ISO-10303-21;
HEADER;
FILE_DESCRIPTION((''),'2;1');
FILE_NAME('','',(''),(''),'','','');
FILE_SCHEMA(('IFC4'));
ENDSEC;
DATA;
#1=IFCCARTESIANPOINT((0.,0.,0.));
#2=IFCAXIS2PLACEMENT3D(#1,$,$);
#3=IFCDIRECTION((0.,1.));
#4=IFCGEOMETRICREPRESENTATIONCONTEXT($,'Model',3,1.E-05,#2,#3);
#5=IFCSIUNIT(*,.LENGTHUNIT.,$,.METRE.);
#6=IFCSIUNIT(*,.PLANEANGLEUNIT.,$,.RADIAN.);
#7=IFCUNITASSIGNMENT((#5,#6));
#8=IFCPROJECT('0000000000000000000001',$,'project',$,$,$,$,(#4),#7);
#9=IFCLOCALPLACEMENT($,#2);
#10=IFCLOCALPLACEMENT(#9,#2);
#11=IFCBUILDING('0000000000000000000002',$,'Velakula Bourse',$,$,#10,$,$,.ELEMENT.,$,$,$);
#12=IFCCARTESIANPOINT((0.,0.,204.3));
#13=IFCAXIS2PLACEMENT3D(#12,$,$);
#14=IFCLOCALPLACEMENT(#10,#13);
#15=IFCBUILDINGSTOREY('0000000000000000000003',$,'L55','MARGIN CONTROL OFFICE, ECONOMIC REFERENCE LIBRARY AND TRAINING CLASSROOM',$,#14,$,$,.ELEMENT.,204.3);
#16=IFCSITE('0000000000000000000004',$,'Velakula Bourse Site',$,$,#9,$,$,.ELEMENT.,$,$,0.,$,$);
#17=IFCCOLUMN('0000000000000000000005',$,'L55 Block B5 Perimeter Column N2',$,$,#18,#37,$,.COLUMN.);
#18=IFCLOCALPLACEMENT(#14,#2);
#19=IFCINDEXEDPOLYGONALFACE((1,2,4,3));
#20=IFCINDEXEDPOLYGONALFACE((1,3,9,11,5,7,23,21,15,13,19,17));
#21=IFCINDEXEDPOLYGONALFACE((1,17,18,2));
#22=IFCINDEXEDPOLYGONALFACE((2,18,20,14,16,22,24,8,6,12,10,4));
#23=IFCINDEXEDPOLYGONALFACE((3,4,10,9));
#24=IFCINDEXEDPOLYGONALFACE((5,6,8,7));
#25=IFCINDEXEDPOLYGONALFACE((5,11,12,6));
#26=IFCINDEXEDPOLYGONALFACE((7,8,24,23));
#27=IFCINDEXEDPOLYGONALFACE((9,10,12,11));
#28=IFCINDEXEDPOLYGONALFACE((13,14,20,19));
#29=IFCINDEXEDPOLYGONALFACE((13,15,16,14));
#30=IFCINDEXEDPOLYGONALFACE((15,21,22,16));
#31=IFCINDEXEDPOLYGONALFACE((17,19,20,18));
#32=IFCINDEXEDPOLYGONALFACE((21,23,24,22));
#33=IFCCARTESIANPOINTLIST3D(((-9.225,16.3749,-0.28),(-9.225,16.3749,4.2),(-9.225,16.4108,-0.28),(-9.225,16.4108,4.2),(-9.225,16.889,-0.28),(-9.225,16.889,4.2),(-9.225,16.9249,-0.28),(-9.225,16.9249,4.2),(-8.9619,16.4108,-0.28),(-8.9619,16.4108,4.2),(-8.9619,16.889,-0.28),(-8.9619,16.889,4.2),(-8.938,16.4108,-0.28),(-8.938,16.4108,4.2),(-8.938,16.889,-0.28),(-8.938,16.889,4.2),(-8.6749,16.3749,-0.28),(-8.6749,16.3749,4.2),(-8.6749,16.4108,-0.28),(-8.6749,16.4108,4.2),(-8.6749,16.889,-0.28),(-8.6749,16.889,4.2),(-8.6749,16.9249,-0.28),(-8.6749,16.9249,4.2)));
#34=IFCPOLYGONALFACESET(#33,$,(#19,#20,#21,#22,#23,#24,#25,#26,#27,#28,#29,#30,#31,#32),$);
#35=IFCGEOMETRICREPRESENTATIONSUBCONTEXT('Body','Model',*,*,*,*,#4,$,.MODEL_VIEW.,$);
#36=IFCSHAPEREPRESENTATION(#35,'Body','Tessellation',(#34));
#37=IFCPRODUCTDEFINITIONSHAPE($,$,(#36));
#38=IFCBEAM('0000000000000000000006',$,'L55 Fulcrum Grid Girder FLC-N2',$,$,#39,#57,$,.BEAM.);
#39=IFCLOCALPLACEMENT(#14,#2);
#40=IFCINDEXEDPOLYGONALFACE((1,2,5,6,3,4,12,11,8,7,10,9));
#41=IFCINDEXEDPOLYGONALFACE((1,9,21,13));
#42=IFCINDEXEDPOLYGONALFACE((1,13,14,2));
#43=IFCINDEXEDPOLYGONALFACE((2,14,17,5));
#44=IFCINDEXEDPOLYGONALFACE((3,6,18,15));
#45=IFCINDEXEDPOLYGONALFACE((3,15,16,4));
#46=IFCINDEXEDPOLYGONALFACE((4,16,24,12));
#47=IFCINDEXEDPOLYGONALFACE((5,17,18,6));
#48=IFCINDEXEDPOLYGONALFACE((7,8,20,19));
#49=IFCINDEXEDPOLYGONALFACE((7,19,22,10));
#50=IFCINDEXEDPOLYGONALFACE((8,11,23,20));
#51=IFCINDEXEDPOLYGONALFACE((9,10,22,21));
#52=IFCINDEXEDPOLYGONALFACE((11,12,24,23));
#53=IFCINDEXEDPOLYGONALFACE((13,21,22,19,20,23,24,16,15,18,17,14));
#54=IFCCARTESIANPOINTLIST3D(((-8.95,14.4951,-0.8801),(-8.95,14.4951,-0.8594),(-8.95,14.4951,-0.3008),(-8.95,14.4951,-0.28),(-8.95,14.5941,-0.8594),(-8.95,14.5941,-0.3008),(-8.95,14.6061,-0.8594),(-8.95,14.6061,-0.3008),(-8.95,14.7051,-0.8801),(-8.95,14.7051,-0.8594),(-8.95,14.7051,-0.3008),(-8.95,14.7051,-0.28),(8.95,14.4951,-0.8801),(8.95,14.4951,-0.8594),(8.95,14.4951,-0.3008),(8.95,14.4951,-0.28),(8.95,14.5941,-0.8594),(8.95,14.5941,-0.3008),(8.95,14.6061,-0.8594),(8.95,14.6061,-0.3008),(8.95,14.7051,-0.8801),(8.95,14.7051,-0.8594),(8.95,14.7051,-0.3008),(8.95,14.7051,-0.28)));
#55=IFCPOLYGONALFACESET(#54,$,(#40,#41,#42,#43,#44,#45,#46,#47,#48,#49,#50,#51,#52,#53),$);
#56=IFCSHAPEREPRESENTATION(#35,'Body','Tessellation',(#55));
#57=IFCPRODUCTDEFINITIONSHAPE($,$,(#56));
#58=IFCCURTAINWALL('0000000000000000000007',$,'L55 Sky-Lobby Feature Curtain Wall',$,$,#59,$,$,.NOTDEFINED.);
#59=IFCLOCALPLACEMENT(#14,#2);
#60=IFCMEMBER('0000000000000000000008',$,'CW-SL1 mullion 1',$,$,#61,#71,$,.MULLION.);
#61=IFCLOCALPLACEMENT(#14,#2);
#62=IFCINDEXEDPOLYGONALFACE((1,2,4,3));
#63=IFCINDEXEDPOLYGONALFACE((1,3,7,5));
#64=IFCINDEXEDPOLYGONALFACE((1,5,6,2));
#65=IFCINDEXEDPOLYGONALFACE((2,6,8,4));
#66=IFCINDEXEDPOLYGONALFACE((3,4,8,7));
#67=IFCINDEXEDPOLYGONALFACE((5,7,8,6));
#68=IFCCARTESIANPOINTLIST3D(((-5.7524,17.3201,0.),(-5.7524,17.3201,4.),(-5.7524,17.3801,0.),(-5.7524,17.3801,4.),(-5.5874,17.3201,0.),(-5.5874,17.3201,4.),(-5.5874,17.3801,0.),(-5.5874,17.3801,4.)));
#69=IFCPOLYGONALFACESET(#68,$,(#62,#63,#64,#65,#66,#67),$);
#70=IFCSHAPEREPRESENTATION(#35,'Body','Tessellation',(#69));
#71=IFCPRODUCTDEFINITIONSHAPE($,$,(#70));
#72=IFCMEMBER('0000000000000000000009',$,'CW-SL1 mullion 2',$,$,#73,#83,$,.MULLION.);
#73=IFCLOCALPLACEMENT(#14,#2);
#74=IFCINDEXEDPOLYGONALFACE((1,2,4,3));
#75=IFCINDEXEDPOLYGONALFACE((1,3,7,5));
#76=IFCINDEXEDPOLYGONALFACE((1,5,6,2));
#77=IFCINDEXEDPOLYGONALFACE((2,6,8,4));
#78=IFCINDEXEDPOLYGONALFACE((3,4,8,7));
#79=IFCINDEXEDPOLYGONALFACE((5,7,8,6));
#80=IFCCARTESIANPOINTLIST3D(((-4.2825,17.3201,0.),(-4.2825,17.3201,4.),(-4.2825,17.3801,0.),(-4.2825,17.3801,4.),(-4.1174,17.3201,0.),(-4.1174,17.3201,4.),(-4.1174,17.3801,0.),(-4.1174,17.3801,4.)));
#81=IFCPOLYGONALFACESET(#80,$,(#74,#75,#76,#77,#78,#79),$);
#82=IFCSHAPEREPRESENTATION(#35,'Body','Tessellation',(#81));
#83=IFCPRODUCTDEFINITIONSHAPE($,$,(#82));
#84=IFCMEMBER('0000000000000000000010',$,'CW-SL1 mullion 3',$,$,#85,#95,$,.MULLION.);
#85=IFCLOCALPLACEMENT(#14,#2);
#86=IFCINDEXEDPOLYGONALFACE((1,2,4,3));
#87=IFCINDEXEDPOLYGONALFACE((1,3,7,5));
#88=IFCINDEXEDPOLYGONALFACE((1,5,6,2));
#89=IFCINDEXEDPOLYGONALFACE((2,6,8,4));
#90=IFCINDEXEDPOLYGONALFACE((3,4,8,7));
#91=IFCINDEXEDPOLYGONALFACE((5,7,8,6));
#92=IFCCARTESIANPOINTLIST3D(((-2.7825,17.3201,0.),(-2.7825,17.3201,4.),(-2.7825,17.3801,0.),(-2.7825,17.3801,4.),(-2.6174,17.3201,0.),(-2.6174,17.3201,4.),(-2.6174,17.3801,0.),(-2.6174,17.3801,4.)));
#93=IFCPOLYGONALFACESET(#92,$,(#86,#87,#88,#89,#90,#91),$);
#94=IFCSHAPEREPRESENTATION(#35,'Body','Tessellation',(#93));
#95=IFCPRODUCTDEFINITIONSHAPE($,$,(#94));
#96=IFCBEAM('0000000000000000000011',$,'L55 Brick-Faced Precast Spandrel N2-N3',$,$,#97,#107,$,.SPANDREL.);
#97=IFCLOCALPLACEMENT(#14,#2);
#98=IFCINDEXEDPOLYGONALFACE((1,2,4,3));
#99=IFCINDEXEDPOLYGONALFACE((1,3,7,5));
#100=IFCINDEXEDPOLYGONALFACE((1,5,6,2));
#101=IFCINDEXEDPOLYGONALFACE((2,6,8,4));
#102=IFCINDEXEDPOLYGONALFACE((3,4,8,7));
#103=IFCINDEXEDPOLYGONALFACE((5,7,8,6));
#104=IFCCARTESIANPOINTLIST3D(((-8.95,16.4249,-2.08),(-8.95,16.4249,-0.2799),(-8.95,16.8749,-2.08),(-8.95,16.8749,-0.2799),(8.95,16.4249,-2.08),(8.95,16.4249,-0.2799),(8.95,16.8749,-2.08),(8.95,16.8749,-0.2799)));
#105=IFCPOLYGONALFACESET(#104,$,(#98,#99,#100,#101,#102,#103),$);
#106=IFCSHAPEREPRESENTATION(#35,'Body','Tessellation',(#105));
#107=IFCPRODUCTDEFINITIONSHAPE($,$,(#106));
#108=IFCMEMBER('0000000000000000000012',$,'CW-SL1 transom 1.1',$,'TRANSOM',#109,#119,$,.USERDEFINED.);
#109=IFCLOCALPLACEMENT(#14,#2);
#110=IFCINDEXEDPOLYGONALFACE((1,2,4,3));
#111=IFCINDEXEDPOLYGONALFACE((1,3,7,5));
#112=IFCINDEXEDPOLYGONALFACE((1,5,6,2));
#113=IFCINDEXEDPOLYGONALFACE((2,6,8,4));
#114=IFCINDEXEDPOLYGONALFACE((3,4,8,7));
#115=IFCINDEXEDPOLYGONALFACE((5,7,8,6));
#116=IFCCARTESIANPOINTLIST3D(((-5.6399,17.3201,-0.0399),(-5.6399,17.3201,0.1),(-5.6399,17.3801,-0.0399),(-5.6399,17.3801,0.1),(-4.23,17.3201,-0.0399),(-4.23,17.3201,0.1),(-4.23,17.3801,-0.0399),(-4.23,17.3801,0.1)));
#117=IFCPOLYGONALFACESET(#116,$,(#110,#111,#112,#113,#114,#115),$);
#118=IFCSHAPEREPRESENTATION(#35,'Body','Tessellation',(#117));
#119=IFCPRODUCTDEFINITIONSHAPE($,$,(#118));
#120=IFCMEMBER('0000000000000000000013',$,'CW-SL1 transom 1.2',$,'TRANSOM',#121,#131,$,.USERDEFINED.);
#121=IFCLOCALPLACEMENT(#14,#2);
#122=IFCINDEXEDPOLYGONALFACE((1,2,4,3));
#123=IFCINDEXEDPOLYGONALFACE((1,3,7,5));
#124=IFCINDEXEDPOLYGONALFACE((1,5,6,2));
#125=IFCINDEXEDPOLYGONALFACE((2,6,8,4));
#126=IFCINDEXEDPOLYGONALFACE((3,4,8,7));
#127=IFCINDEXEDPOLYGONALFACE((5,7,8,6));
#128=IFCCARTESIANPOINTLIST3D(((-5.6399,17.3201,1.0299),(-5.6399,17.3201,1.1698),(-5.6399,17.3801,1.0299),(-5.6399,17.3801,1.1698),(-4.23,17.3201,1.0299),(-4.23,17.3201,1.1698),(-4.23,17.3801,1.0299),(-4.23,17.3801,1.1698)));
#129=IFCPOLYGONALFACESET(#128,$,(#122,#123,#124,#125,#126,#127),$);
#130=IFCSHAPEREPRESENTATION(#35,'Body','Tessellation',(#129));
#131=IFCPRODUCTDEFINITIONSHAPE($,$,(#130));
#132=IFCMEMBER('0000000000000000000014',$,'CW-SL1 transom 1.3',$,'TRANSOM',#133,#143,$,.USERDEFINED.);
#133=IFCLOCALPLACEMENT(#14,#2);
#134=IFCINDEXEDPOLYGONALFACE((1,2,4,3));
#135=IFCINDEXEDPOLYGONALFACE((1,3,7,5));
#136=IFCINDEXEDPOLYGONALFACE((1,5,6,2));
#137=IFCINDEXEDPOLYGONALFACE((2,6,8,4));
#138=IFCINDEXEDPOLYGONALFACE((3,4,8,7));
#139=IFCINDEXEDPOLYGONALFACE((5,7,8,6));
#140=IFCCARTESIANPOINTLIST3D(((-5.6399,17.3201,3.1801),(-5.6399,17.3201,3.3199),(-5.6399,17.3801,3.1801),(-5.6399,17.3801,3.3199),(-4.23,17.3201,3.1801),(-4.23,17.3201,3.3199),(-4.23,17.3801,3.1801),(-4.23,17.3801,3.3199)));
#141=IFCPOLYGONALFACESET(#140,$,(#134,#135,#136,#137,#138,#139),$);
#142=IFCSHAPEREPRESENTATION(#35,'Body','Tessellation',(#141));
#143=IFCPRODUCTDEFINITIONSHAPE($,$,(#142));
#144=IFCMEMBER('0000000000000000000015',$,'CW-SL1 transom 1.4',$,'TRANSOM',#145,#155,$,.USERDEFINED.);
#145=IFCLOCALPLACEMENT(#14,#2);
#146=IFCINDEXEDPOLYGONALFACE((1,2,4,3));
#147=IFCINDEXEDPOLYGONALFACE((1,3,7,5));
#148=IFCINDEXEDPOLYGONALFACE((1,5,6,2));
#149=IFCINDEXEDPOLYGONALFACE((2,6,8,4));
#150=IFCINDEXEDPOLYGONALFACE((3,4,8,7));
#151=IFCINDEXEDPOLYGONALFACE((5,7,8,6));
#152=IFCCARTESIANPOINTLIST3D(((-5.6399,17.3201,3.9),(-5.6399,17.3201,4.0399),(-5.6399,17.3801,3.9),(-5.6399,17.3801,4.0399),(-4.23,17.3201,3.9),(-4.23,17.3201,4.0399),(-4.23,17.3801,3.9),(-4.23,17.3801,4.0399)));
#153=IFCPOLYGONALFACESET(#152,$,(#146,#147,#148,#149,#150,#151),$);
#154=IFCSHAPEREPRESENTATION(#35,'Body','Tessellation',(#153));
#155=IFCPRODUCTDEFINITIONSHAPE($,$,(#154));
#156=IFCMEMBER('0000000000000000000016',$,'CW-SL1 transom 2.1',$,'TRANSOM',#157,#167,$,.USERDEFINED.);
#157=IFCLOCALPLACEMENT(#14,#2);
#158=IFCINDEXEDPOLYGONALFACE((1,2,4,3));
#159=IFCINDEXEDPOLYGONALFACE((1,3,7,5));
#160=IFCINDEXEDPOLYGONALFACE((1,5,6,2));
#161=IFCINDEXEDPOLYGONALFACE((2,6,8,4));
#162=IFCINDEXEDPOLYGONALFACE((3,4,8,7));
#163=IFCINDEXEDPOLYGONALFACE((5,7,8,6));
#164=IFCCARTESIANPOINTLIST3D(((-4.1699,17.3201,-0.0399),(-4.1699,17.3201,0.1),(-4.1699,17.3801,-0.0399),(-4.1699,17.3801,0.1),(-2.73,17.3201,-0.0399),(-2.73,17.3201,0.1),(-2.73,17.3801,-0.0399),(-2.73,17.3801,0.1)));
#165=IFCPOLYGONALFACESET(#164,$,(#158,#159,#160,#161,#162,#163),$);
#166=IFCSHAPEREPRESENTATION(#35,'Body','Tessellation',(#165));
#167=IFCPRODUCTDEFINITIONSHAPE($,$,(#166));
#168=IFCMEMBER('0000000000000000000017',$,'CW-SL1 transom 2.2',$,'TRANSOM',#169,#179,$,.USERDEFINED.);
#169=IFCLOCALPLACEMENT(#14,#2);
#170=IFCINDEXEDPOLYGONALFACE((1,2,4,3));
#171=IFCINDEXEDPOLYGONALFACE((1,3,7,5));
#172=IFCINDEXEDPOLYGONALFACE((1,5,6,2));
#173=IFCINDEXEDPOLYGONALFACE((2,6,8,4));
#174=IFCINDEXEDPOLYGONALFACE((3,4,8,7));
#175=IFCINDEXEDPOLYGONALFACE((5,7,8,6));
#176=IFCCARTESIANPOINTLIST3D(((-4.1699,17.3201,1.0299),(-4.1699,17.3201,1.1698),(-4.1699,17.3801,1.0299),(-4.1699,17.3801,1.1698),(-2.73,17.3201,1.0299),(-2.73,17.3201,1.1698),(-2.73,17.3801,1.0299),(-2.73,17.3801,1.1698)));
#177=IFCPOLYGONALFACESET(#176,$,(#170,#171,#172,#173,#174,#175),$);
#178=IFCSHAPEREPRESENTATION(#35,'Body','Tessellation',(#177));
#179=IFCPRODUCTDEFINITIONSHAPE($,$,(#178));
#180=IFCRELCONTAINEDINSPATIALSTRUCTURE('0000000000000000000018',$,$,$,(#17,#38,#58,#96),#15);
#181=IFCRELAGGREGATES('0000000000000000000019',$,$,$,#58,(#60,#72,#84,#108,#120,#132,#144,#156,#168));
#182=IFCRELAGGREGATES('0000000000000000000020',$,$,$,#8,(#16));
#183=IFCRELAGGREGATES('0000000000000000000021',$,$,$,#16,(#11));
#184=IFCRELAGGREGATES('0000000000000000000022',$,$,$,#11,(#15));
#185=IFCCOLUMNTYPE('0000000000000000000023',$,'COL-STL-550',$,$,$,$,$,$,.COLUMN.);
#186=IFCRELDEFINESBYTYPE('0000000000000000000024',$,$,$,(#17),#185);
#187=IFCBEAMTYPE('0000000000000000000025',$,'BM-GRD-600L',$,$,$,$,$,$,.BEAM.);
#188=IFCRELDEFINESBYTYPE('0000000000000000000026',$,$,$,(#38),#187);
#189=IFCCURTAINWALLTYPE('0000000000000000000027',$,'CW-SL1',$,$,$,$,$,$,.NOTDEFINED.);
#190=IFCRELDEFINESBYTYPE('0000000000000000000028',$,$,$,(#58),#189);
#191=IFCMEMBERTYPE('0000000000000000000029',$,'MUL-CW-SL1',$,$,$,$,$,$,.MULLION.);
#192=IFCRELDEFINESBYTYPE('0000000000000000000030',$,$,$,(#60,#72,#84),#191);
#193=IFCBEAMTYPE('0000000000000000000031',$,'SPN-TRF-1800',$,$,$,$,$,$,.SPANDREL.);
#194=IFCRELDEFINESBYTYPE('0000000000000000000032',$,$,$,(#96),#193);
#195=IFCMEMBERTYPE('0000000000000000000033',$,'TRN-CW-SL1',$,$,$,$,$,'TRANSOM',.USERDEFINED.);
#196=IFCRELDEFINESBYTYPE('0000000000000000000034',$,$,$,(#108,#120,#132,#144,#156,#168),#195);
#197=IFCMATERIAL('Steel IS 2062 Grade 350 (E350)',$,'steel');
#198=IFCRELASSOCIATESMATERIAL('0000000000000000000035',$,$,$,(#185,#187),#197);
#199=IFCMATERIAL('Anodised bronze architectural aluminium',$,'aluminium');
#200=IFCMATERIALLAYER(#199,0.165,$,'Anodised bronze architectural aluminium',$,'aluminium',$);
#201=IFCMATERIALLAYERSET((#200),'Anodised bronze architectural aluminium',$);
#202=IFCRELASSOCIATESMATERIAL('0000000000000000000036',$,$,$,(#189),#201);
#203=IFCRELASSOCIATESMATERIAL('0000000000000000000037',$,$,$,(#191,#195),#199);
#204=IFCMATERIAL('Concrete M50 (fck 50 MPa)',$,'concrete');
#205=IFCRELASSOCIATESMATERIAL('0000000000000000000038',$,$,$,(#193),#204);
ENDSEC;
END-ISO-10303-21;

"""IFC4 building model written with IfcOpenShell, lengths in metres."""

from ifc_helpers import new_model, si_unit, direction, frame, origin, origin_2d, place, context, subcontext, project, spatial, rectangle, i_section, extrude, material, layer, layer_set, material_profile, profile_set, type_object, element, aggregate, save


model = new_model("IFC4")

# Units and contexts
model_context = context("Model", 3, precision=1e-05, world=origin(), true_north=direction((0.0, 1.0)))
body_context = subcontext(model_context, "Body", "Model", "MODEL_VIEW")
ifc_project = project(units=[si_unit("LENGTHUNIT", "METRE"), si_unit("PLANEANGLEUNIT", "RADIAN")], contexts=[model_context])

# Site, building, storey
site_placement = place(None, origin())
site = spatial("IfcSite", under=ifc_project, at=site_placement, Name="Velakula Bourse Site", CompositionType="ELEMENT", RefElevation=0.0)
building_placement = place(site_placement, origin())
building = spatial("IfcBuilding", under=site, at=building_placement, Name="Velakula Bourse", CompositionType="ELEMENT")
storey_placement = place(building_placement, frame((0.0, 0.0, 204.3)))
storey = spatial("IfcBuildingStorey", under=building, at=storey_placement, Name="L55", Description="MARGIN CONTROL OFFICE, ECONOMIC REFERENCE LIBRARY AND TRAINING CLASSROOM", CompositionType="ELEMENT", Elevation=204.3)

# Column
ifc_material_1 = material(Name="Steel IS 2062 Grade 350 (E350)", Category="steel")
ifc_material_profile_1 = material_profile(ifc_material_1, i_section(OverallWidth=0.55, OverallDepth=0.55, WebThickness=0.0239, FlangeThickness=0.0359, at=origin_2d()), Name="Steel IS 2062 Grade 350 (E350)")
ifc_profile_set_1 = profile_set([ifc_material_profile_1], Name="Steel IS 2062 Grade 350 (E350)")
column_type = type_object("IfcColumnType", Name="COL-STL-550", PredefinedType="COLUMN", material=ifc_profile_set_1)
column_placement = place(storey_placement, frame((-8.95, 16.6499, -0.28), z_axis=(0.0, 0.0, 1.0), x_axis=(1.0, 0.0, 0.0)))
element("IfcColumn", 1, at=column_placement, inside=storey, type_object=column_type, Name="L55 Block B5 Perimeter Column N2", PredefinedType="COLUMN", context=body_context, shape_type="SweptSolid", body=[
    extrude(i_section(OverallWidth=0.55, OverallDepth=0.55, WebThickness=0.0239, FlangeThickness=0.0359, at=origin_2d()), origin(), (0.0, 0.0, 1.0), 4.48),
])

# Beam
ifc_material_profile_2 = material_profile(ifc_material_1, i_section(OverallWidth=0.21, OverallDepth=0.6001, WebThickness=0.012, FlangeThickness=0.0208, at=origin_2d()), Name="Steel IS 2062 Grade 350 (E350)")
ifc_profile_set_2 = profile_set([ifc_material_profile_2], Name="Steel IS 2062 Grade 350 (E350)")
beam_type_1 = type_object("IfcBeamType", Name="BM-GRD-600L", PredefinedType="BEAM", material=ifc_profile_set_2)
beam_1_placement = place(storey_placement, frame((-8.95, 14.6001, -0.5801), z_axis=(1.0, 0.0, 0.0), x_axis=(0.0, 1.0, 0.0)))
element("IfcBeam", 2, at=beam_1_placement, inside=storey, type_object=beam_type_1, Name="L55 Fulcrum Grid Girder FLC-N2", PredefinedType="BEAM", context=body_context, shape_type="SweptSolid", body=[
    extrude(i_section(OverallWidth=0.21, OverallDepth=0.6001, WebThickness=0.012, FlangeThickness=0.0208, at=origin_2d()), origin(), (0.0, 0.0, 1.0), 17.8999),
])

# Curtain wall, members
ifc_material_2 = material(Name="Anodised bronze architectural aluminium", Category="aluminium")
ifc_layer_1 = layer(ifc_material_2, 0.165, Name="Anodised bronze architectural aluminium", Category="aluminium")
ifc_layer_set_1 = layer_set([ifc_layer_1], Name="Anodised bronze architectural aluminium")
curtain_wall_type = type_object("IfcCurtainWallType", Name="CW-SL1", PredefinedType="NOTDEFINED", material=ifc_layer_set_1)
curtain_wall_placement = place(storey_placement, origin())
curtain_wall = element("IfcCurtainWall", 3, at=curtain_wall_placement, inside=storey, type_object=curtain_wall_type, Name="L55 Sky-Lobby Feature Curtain Wall", PredefinedType="NOTDEFINED")
ifc_material_profile_3 = material_profile(ifc_material_2, rectangle(XDim=0.0601, YDim=0.165, at=origin_2d()), Name="Anodised bronze architectural aluminium")
ifc_profile_set_3 = profile_set([ifc_material_profile_3], Name="Anodised bronze architectural aluminium")
member_type_1 = type_object("IfcMemberType", Name="MUL-CW-SL1", PredefinedType="MULLION", material=ifc_profile_set_3)
member_1_placement = place(storey_placement, frame((-5.6699, 17.3501, 0.0), z_axis=(0.0, 0.0, 1.0), x_axis=(0.0, 1.0, 0.0)))
member_1 = element("IfcMember", 4, at=member_1_placement, type_object=member_type_1, Name="CW-SL1 mullion 1", PredefinedType="MULLION", context=body_context, shape_type="SweptSolid", body=[
    extrude(rectangle(XDim=0.0601, YDim=0.165, at=origin_2d()), origin(), (0.0, 0.0, 1.0), 4.0),
])
member_2_placement = place(storey_placement, frame((-4.2, 17.3501, 0.0), z_axis=(0.0, 0.0, 1.0), x_axis=(0.0, 1.0, 0.0)))
member_2 = element("IfcMember", 5, at=member_2_placement, type_object=member_type_1, Name="CW-SL1 mullion 2", PredefinedType="MULLION", context=body_context, shape_type="SweptSolid", body=[
    extrude(rectangle(XDim=0.0601, YDim=0.165, at=origin_2d()), origin(), (0.0, 0.0, 1.0), 4.0),
])
member_3_placement = place(storey_placement, frame((-2.7, 17.3501, 0.0), z_axis=(0.0, 0.0, 1.0), x_axis=(0.0, 1.0, 0.0)))
member_3 = element("IfcMember", 6, at=member_3_placement, type_object=member_type_1, Name="CW-SL1 mullion 3", PredefinedType="MULLION", context=body_context, shape_type="SweptSolid", body=[
    extrude(rectangle(XDim=0.0601, YDim=0.165, at=origin_2d()), origin(), (0.0, 0.0, 1.0), 4.0),
])

# Beam
ifc_material_3 = material(Name="Concrete M50 (fck 50 MPa)", Category="concrete")
ifc_material_profile_4 = material_profile(ifc_material_3, rectangle(XDim=0.45, YDim=1.8, at=origin_2d()), Name="Concrete M50 (fck 50 MPa)")
ifc_profile_set_4 = profile_set([ifc_material_profile_4], Name="Concrete M50 (fck 50 MPa)")
beam_type_2 = type_object("IfcBeamType", Name="SPN-TRF-1800", PredefinedType="SPANDREL", material=ifc_profile_set_4)
beam_2_placement = place(storey_placement, frame((-8.95, 16.6499, -1.1799), z_axis=(1.0, 0.0, 0.0), x_axis=(0.0, 1.0, 0.0)))
element("IfcBeam", 7, at=beam_2_placement, inside=storey, type_object=beam_type_2, Name="L55 Brick-Faced Precast Spandrel N2-N3", PredefinedType="SPANDREL", context=body_context, shape_type="SweptSolid", body=[
    extrude(rectangle(XDim=0.45, YDim=1.8, at=origin_2d()), origin(), (0.0, 0.0, 1.0), 17.8999),
])

# Members
ifc_material_profile_5 = material_profile(ifc_material_2, rectangle(XDim=0.0601, YDim=0.1399, at=origin_2d()), Name="Anodised bronze architectural aluminium")
ifc_profile_set_5 = profile_set([ifc_material_profile_5], Name="Anodised bronze architectural aluminium")
member_type_2 = type_object("IfcMemberType", Name="TRN-CW-SL1", ElementType="TRANSOM", PredefinedType="USERDEFINED", material=ifc_profile_set_5)
member_4_placement = place(storey_placement, frame((-5.6399, 17.3501, 0.03), z_axis=(1.0, 0.0, 0.0), x_axis=(0.0, 1.0, 0.0)))
member_4 = element("IfcMember", 8, at=member_4_placement, type_object=member_type_2, Name="CW-SL1 transom 1.1", ObjectType="TRANSOM", PredefinedType="USERDEFINED", context=body_context, shape_type="SweptSolid", body=[
    extrude(rectangle(XDim=0.0601, YDim=0.1399, at=origin_2d()), origin(), (0.0, 0.0, 1.0), 1.4099),
])
member_5_placement = place(storey_placement, frame((-5.6399, 17.3501, 1.0999), z_axis=(1.0, 0.0, 0.0), x_axis=(0.0, 1.0, 0.0)))
member_5 = element("IfcMember", 9, at=member_5_placement, type_object=member_type_2, Name="CW-SL1 transom 1.2", ObjectType="TRANSOM", PredefinedType="USERDEFINED", context=body_context, shape_type="SweptSolid", body=[
    extrude(rectangle(XDim=0.0601, YDim=0.1399, at=origin_2d()), origin(), (0.0, 0.0, 1.0), 1.4099),
])
member_6_placement = place(storey_placement, frame((-5.6399, 17.3501, 3.25), z_axis=(1.0, 0.0, 0.0), x_axis=(0.0, 1.0, 0.0)))
member_6 = element("IfcMember", 10, at=member_6_placement, type_object=member_type_2, Name="CW-SL1 transom 1.3", ObjectType="TRANSOM", PredefinedType="USERDEFINED", context=body_context, shape_type="SweptSolid", body=[
    extrude(rectangle(XDim=0.0601, YDim=0.1399, at=origin_2d()), origin(), (0.0, 0.0, 1.0), 1.4099),
])
member_7_placement = place(storey_placement, frame((-5.6399, 17.3501, 3.97), z_axis=(1.0, 0.0, 0.0), x_axis=(0.0, 1.0, 0.0)))
member_7 = element("IfcMember", 11, at=member_7_placement, type_object=member_type_2, Name="CW-SL1 transom 1.4", ObjectType="TRANSOM", PredefinedType="USERDEFINED", context=body_context, shape_type="SweptSolid", body=[
    extrude(rectangle(XDim=0.0601, YDim=0.1399, at=origin_2d()), origin(), (0.0, 0.0, 1.0), 1.4099),
])
member_8_placement = place(storey_placement, frame((-4.1699, 17.3501, 0.03), z_axis=(1.0, 0.0, 0.0), x_axis=(0.0, 1.0, 0.0)))
member_8 = element("IfcMember", 12, at=member_8_placement, type_object=member_type_2, Name="CW-SL1 transom 2.1", ObjectType="TRANSOM", PredefinedType="USERDEFINED", context=body_context, shape_type="SweptSolid", body=[
    extrude(rectangle(XDim=0.0601, YDim=0.1399, at=origin_2d()), origin(), (0.0, 0.0, 1.0), 1.4399),
])
member_9_placement = place(storey_placement, frame((-4.1699, 17.3501, 1.0999), z_axis=(1.0, 0.0, 0.0), x_axis=(0.0, 1.0, 0.0)))
member_9 = element("IfcMember", 13, at=member_9_placement, type_object=member_type_2, Name="CW-SL1 transom 2.2", ObjectType="TRANSOM", PredefinedType="USERDEFINED", context=body_context, shape_type="SweptSolid", body=[
    extrude(rectangle(XDim=0.0601, YDim=0.1399, at=origin_2d()), origin(), (0.0, 0.0, 1.0), 1.4399),
])

aggregate(curtain_wall, [member_1, member_2, member_3, member_4, member_5, member_6, member_7, member_8, member_9])

save(model, "model.ifc")
